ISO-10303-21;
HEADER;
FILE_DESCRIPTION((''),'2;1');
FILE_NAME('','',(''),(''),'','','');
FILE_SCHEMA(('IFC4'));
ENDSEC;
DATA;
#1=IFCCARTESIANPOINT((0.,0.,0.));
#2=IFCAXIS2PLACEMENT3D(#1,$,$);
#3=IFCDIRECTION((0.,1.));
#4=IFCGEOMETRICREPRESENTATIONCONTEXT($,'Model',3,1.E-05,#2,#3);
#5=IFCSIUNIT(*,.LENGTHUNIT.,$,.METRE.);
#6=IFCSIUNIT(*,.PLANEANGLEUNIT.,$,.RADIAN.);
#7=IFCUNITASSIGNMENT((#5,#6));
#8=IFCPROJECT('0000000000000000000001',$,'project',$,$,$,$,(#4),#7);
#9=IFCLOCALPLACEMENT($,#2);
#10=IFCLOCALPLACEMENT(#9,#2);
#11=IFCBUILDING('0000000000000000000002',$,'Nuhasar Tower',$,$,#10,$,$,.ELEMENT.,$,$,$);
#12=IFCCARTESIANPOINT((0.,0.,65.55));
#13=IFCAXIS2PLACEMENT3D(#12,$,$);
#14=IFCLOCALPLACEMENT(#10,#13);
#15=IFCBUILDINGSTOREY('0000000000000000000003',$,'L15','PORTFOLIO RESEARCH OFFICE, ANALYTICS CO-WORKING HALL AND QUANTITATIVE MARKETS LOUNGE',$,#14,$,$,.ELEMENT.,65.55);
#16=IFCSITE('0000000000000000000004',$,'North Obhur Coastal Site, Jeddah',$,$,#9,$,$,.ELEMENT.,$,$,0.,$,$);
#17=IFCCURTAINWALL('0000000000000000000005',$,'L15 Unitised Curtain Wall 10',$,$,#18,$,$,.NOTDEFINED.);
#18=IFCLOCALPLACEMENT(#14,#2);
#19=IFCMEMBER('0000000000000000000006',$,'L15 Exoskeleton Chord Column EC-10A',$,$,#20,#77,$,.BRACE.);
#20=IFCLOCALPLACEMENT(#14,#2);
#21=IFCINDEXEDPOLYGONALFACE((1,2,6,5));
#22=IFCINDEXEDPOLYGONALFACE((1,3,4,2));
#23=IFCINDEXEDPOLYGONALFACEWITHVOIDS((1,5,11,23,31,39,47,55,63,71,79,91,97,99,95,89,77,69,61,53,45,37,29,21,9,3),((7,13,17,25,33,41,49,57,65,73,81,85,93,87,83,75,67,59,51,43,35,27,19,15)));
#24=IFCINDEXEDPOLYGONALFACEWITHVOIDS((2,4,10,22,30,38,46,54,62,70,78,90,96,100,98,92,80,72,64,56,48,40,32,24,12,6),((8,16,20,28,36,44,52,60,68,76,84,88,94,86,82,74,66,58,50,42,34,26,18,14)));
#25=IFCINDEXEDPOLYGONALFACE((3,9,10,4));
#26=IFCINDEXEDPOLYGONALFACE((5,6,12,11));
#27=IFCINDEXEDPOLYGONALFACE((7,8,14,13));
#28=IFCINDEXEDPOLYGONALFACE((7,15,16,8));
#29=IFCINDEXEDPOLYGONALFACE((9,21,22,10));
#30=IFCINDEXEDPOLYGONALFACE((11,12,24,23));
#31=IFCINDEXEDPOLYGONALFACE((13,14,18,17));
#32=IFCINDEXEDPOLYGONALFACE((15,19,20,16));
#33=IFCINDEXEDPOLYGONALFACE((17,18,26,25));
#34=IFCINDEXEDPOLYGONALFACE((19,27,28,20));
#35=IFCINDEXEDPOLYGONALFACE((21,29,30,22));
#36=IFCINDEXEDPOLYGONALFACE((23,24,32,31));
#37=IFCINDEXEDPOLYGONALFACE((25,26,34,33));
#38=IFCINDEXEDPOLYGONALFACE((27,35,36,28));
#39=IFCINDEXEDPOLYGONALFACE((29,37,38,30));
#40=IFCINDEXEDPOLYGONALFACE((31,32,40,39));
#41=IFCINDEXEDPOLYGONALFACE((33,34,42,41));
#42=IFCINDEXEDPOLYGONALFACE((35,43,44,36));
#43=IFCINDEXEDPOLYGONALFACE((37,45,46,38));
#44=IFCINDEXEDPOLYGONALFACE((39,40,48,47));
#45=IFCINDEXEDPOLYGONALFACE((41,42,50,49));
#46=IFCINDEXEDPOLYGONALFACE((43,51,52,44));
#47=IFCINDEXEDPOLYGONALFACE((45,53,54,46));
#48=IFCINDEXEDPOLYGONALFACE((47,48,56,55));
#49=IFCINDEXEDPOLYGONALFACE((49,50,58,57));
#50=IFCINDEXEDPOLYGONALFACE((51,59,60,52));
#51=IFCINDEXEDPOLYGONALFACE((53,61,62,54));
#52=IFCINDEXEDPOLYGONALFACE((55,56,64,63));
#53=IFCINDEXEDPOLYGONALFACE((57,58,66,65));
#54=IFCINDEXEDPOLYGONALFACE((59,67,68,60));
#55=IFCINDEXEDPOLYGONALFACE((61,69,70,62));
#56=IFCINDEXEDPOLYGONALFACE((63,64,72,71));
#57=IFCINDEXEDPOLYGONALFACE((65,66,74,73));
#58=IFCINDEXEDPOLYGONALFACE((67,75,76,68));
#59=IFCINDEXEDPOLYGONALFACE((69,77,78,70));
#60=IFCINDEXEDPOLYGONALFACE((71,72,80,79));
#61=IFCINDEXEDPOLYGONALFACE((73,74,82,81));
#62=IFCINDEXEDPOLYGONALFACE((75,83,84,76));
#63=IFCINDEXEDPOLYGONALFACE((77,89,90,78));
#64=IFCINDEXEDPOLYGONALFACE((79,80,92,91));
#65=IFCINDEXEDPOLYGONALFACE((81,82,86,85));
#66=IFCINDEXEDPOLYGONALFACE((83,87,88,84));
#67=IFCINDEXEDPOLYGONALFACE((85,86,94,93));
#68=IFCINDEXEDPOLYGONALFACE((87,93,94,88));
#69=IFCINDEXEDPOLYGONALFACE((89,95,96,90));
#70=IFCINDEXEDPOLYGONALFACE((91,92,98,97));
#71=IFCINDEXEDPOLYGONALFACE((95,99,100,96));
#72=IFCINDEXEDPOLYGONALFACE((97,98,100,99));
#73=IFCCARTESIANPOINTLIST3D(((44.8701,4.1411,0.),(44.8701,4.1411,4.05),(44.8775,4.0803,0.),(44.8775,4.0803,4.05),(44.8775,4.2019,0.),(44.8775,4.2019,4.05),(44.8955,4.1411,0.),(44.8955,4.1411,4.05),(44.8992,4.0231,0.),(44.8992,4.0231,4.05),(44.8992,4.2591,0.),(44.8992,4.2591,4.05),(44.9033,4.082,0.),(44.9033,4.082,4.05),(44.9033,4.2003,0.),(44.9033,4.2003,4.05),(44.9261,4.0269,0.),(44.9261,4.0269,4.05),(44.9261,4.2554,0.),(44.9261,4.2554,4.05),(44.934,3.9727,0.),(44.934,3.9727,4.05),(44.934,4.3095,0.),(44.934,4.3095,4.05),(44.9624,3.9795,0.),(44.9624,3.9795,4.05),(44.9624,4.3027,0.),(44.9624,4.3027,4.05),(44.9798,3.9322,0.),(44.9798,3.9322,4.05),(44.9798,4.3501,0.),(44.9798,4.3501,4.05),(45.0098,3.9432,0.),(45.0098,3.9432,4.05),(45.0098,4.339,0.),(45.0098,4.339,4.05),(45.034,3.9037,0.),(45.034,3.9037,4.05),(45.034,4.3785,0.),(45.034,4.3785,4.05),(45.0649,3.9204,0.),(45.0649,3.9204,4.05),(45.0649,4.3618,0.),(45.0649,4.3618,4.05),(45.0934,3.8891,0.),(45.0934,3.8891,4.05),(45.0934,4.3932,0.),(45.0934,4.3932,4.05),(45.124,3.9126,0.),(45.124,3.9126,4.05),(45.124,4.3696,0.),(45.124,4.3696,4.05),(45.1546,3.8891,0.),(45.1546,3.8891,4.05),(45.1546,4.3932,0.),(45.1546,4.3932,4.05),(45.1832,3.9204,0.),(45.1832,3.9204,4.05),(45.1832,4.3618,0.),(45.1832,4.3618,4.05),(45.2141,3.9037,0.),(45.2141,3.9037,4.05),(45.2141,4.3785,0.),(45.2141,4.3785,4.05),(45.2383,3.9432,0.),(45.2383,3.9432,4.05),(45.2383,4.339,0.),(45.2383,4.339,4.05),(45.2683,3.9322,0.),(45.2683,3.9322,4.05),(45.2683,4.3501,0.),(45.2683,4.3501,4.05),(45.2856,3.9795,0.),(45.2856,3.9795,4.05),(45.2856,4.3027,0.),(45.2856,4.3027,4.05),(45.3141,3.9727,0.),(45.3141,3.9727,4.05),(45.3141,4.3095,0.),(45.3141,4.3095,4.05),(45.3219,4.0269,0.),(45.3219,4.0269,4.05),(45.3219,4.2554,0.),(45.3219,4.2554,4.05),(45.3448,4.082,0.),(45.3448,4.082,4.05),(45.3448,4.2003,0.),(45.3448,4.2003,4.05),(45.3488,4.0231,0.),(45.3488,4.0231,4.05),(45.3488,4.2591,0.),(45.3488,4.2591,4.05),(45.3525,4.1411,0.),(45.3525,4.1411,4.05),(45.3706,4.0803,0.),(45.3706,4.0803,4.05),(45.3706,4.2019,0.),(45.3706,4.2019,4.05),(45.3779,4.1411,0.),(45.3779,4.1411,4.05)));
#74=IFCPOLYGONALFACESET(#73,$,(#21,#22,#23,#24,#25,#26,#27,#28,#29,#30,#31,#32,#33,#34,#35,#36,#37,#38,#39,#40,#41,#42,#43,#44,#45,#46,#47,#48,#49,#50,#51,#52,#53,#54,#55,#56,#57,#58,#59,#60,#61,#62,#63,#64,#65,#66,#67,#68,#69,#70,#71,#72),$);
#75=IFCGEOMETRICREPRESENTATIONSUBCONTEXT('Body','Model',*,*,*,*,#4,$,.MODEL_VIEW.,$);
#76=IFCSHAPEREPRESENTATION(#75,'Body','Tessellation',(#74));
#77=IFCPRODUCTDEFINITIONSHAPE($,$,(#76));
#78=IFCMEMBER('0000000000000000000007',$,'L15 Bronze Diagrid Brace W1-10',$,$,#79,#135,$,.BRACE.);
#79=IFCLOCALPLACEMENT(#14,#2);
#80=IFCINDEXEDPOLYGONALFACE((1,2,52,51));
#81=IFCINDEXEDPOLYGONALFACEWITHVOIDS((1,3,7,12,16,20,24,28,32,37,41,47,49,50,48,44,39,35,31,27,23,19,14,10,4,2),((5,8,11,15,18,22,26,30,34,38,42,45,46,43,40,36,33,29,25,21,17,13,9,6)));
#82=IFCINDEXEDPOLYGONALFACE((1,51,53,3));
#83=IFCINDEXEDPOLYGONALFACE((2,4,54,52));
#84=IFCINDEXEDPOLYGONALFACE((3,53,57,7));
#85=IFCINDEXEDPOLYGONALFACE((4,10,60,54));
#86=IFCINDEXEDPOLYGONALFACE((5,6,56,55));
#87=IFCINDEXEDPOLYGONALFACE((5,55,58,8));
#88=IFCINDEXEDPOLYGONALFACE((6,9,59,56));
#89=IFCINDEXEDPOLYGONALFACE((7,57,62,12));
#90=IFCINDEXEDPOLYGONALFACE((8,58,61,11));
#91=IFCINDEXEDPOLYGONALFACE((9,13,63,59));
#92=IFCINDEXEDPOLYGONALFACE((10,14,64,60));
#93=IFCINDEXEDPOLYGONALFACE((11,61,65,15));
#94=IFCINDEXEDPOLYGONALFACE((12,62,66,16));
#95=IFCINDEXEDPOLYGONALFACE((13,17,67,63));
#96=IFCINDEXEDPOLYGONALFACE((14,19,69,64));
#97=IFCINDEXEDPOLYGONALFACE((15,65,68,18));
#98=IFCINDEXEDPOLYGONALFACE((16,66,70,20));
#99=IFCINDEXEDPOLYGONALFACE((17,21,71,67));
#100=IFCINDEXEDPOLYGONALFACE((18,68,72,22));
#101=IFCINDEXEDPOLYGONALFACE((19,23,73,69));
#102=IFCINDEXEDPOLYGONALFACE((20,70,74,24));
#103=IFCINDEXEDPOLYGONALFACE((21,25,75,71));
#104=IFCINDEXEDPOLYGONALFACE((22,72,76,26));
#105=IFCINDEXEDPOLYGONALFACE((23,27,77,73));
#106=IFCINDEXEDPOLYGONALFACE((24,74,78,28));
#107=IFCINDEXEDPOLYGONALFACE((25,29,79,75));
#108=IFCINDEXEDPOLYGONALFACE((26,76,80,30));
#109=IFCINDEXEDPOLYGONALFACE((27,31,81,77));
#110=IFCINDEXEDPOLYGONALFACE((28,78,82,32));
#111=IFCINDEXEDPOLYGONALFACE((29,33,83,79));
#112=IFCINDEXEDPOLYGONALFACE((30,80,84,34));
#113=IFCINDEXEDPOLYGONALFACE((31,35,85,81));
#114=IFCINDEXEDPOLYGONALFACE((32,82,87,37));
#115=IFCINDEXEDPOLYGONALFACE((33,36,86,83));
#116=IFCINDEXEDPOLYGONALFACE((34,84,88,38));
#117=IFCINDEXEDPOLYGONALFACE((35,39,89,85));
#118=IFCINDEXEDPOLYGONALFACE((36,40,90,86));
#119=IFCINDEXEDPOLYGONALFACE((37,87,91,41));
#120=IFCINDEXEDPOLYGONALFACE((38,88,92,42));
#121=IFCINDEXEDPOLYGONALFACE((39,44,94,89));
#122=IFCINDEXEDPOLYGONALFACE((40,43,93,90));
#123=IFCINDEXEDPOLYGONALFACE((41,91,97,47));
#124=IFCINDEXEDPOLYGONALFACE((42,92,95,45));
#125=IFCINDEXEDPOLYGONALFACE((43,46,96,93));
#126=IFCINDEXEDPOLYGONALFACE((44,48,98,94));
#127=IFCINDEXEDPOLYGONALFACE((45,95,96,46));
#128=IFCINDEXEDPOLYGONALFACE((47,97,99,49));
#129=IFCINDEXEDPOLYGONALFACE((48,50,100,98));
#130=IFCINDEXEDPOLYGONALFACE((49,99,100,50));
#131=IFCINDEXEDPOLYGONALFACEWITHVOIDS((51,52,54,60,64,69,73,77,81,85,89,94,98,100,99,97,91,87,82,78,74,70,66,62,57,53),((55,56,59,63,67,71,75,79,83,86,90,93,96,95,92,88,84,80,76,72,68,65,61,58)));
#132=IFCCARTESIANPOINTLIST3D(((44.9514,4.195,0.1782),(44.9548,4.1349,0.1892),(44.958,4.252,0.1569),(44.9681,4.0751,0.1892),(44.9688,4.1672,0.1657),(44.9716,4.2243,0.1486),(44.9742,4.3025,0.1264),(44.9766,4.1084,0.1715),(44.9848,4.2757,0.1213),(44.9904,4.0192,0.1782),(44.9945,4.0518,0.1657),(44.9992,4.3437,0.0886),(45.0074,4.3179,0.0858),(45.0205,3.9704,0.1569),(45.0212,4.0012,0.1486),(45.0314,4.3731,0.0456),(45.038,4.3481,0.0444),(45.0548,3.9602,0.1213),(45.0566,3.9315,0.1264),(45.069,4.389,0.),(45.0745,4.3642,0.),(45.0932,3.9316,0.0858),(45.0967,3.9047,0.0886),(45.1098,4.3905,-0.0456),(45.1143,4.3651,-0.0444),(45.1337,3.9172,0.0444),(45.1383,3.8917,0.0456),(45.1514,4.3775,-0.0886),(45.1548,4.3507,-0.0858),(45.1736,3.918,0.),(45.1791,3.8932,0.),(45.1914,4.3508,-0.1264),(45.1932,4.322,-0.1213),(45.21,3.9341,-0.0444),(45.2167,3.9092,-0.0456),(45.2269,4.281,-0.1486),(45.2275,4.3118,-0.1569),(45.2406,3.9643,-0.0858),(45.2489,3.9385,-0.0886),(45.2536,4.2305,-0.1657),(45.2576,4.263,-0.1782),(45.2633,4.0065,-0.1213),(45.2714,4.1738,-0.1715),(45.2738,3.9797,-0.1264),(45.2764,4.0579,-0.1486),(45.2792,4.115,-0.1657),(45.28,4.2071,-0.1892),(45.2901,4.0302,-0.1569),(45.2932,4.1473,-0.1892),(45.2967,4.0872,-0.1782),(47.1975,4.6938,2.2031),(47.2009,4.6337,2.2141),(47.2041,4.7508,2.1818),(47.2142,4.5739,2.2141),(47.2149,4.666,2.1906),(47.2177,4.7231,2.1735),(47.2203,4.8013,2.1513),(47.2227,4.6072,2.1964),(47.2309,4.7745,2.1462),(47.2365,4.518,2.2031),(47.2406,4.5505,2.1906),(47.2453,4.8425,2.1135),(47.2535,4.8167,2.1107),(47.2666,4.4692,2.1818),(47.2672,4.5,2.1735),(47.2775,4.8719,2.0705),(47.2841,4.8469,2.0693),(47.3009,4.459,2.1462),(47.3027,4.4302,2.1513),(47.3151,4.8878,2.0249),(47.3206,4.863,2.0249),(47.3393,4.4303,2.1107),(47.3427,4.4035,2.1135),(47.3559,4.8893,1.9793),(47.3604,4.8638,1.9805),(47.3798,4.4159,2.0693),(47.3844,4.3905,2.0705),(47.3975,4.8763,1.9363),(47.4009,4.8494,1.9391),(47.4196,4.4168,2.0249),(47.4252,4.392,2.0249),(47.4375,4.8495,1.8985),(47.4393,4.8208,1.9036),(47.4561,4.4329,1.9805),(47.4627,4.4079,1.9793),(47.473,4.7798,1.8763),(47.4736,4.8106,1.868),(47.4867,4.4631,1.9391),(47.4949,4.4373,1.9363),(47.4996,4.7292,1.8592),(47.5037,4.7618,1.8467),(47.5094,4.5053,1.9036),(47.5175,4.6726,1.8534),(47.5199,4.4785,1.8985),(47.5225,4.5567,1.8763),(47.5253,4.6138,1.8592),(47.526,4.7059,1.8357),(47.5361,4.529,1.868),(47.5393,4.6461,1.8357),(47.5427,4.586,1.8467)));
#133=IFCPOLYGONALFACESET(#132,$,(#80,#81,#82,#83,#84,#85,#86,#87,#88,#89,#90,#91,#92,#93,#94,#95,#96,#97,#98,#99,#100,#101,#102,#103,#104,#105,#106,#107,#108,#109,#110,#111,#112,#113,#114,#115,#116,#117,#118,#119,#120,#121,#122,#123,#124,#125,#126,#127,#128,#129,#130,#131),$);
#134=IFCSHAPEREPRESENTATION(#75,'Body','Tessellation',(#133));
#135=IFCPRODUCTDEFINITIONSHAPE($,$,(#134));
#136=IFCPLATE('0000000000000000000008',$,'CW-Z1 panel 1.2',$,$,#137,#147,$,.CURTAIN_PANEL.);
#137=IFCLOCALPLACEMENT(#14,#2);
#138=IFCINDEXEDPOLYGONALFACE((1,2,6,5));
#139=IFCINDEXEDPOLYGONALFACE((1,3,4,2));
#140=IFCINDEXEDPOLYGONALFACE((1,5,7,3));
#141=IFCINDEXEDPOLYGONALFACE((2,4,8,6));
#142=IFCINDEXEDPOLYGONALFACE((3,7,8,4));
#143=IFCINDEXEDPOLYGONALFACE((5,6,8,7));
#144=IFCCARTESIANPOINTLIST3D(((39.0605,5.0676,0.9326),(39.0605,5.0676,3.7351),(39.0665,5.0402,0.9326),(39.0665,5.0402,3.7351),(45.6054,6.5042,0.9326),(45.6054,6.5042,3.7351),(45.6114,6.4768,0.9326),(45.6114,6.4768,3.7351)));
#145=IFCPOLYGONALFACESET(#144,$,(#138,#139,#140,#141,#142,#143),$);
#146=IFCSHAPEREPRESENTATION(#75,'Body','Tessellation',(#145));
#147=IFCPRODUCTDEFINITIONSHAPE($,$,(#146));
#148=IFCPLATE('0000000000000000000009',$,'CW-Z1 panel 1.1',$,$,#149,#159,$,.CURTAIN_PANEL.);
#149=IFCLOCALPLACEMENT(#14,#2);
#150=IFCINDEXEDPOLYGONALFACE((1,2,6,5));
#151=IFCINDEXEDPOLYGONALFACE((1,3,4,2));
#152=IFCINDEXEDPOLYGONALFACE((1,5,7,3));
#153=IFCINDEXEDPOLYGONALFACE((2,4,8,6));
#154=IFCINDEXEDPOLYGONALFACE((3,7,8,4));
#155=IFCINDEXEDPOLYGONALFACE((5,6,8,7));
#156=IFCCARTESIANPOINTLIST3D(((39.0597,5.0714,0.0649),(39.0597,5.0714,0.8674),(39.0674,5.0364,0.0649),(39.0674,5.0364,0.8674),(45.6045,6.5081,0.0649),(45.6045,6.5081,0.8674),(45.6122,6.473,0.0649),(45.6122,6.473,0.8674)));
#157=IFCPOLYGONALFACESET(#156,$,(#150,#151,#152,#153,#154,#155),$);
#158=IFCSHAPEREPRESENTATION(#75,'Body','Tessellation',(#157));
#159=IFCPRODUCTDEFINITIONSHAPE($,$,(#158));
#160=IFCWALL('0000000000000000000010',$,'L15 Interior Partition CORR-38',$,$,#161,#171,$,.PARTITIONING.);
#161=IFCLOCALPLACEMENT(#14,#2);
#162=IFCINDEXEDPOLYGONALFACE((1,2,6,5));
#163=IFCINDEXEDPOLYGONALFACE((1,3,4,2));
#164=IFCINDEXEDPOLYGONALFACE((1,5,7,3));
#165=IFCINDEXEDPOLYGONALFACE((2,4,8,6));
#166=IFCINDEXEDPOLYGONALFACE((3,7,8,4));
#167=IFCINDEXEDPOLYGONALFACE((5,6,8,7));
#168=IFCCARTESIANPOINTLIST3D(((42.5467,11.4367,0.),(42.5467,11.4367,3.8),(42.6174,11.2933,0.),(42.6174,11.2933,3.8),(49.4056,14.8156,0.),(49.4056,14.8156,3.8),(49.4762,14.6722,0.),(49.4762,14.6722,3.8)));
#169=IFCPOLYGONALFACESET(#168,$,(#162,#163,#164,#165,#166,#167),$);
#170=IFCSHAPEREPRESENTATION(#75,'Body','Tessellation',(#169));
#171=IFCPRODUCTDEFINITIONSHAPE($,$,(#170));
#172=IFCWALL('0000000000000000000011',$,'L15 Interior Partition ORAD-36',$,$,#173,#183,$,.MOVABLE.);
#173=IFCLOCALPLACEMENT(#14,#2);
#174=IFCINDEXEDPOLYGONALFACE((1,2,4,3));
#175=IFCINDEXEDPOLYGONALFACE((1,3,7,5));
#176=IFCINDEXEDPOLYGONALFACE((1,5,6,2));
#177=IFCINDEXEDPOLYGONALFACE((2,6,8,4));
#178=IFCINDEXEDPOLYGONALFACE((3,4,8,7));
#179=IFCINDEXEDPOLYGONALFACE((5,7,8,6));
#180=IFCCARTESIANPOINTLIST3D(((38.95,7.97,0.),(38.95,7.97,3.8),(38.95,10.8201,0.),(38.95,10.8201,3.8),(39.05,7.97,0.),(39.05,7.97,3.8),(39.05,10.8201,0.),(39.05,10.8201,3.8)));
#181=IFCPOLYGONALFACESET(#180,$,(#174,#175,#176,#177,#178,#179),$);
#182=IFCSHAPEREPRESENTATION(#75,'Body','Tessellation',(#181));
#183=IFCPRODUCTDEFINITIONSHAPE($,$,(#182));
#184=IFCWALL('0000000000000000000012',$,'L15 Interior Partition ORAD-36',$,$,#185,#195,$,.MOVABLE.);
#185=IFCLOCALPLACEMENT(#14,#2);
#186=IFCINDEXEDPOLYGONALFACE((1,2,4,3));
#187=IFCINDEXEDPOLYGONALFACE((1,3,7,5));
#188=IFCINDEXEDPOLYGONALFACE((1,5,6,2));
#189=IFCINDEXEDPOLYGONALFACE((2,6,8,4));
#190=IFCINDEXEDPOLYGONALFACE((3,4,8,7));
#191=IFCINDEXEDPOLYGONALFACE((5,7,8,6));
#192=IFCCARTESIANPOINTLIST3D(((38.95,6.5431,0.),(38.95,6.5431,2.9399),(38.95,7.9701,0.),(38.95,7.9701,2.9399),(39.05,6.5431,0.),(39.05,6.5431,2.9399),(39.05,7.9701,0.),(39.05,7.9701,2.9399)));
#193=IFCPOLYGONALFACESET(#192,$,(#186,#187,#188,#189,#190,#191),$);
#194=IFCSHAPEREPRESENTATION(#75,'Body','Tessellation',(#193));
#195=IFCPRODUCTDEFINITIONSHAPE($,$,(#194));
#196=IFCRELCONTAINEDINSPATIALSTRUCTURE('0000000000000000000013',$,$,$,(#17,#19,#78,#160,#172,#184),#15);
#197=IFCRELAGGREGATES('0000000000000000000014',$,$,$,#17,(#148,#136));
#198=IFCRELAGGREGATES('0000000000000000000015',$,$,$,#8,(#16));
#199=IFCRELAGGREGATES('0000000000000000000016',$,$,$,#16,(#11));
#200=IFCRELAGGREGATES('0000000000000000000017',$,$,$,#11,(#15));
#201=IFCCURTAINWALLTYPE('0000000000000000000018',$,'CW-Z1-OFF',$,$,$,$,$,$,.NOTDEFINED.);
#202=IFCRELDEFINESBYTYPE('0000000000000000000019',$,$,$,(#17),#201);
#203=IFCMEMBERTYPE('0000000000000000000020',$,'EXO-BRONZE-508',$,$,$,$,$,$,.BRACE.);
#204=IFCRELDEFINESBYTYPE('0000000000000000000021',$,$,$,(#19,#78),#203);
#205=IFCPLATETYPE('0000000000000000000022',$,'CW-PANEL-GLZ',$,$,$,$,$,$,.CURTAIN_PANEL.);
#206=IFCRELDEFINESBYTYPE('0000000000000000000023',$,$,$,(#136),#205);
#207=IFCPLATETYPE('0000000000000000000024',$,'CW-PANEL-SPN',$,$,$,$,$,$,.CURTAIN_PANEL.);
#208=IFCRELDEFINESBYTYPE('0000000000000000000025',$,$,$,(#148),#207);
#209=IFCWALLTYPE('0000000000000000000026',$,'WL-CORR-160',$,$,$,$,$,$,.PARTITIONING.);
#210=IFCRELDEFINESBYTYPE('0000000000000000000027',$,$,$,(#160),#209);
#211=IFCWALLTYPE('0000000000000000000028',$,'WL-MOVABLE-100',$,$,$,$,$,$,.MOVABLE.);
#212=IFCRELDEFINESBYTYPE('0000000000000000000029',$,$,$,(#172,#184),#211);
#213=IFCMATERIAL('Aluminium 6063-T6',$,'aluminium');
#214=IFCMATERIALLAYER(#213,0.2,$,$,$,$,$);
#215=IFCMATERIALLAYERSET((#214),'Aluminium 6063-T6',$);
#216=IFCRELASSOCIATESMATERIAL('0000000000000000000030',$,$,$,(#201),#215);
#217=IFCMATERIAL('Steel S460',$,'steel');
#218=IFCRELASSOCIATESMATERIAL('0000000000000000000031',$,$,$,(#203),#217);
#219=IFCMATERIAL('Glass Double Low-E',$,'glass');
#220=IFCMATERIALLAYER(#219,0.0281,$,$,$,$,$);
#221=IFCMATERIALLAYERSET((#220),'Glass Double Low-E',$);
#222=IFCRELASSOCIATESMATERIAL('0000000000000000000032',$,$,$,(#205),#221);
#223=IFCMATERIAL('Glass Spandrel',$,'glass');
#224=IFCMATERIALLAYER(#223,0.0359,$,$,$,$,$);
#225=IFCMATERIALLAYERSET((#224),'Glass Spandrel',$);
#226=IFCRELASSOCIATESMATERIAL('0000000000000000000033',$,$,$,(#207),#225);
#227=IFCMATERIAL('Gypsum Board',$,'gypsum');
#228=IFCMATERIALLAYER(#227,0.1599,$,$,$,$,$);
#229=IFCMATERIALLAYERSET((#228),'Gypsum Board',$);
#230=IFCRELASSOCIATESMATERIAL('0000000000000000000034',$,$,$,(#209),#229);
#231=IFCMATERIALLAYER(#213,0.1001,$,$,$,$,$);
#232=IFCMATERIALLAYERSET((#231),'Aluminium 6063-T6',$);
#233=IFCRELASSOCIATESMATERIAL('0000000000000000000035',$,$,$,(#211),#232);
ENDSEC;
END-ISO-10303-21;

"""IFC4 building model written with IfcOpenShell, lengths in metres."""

from ifc_helpers import new_model, si_unit, direction, frame, frame_2d, origin, origin_2d, place, context, subcontext, project, spatial, rectangle, hollow_circle, extrude, material, layer, layer_set, material_profile, profile_set, type_object, element, aggregate, save


model = new_model("IFC4")

# Units and contexts
model_context = context("Model", 3, precision=1e-05, world=origin(), true_north=direction((0.0, 1.0)))
body_context = subcontext(model_context, "Body", "Model", "MODEL_VIEW")
ifc_project = project(units=[si_unit("LENGTHUNIT", "METRE"), si_unit("PLANEANGLEUNIT", "RADIAN")], contexts=[model_context])

# Site, building, storey
site_placement = place(None, origin())
site = spatial("IfcSite", under=ifc_project, at=site_placement, Name="North Obhur Coastal Site, Jeddah", CompositionType="ELEMENT", RefElevation=0.0)
building_placement = place(site_placement, origin())
building = spatial("IfcBuilding", under=site, at=building_placement, Name="Nuhasar Tower", CompositionType="ELEMENT")
storey_placement = place(building_placement, frame((0.0, 0.0, 65.55)))
storey = spatial("IfcBuildingStorey", under=building, at=storey_placement, Name="L15", Description="PORTFOLIO RESEARCH OFFICE, ANALYTICS CO-WORKING HALL AND QUANTITATIVE MARKETS LOUNGE", CompositionType="ELEMENT", Elevation=65.55)

# Curtain wall
ifc_material_1 = material(Name="Aluminium 6063-T6", Category="aluminium")
ifc_layer_1 = layer(ifc_material_1, 0.2)
ifc_layer_set_1 = layer_set([ifc_layer_1], Name="Aluminium 6063-T6")
curtain_wall_type = type_object("IfcCurtainWallType", Name="CW-Z1-OFF", PredefinedType="NOTDEFINED", material=ifc_layer_set_1)
curtain_wall_placement = place(storey_placement, origin())
curtain_wall = element("IfcCurtainWall", 1, at=curtain_wall_placement, inside=storey, type_object=curtain_wall_type, Name="L15 Unitised Curtain Wall 10", PredefinedType="NOTDEFINED")

# Members
ifc_material_2 = material(Name="Steel S460", Category="steel")
ifc_material_profile_1 = material_profile(ifc_material_2, hollow_circle(Radius=0.2539, WallThickness=0.0254, at=origin_2d()), Name="HSS508X25.4")
ifc_profile_set_1 = profile_set([ifc_material_profile_1], Name="Steel S460")
member_type_1 = type_object("IfcMemberType", Name="EXO-BRONZE-508", PredefinedType="BRACE", material=ifc_profile_set_1)
member_1_placement = place(storey_placement, frame((45.124, 4.1411, 0.0), z_axis=(0.0, 0.0, 1.0), x_axis=(1.0, 0.0, 0.0)))
element("IfcMember", 2, at=member_1_placement, inside=storey, type_object=member_type_1, Name="L15 Exoskeleton Chord Column EC-10A", PredefinedType="BRACE", context=body_context, shape_type="SweptSolid", body=[
    extrude(hollow_circle(Radius=0.2539, WallThickness=0.0254, at=origin_2d()), origin(), (0.0, 0.0, 1.0), 4.05),
])
member_2_placement = place(storey_placement, frame((45.124, 4.1411, 0.0), z_axis=(0.732831, 0.162736, 0.660663), x_axis=(-0.216784, 0.97622, 0.0)))
element("IfcMember", 3, at=member_2_placement, inside=storey, type_object=member_type_1, Name="L15 Bronze Diagrid Brace W1-10", PredefinedType="BRACE", context=body_context, shape_type="SweptSolid", body=[
    extrude(hollow_circle(Radius=0.2539, WallThickness=0.0254, at=origin_2d()), origin(), (0.0, 0.0, 1.0), 3.0649),
])

# Plates
ifc_material_3 = material(Name="Glass Double Low-E", Category="glass")
ifc_layer_2 = layer(ifc_material_3, 0.0281)
ifc_layer_set_2 = layer_set([ifc_layer_2], Name="Glass Double Low-E")
plate_type_1 = type_object("IfcPlateType", Name="CW-PANEL-GLZ", PredefinedType="CURTAIN_PANEL", material=ifc_layer_set_2)
plate_1_placement = place(storey_placement, frame((42.3359, 5.7722, 0.9326), z_axis=(0.0, 0.0, 1.0), x_axis=(0.976746, 0.214399, 0.0)))
plate_1 = element("IfcPlate", 4, at=plate_1_placement, type_object=plate_type_1, Name="CW-Z1 panel 1.2", PredefinedType="CURTAIN_PANEL", context=body_context, shape_type="SweptSolid", body=[
    extrude(rectangle(XDim=6.7007, YDim=0.0281, at=origin_2d()), origin(), (0.0, 0.0, 1.0), 2.8025),
])
ifc_material_4 = material(Name="Glass Spandrel", Category="glass")
ifc_layer_3 = layer(ifc_material_4, 0.0359)
ifc_layer_set_3 = layer_set([ifc_layer_3], Name="Glass Spandrel")
plate_type_2 = type_object("IfcPlateType", Name="CW-PANEL-SPN", PredefinedType="CURTAIN_PANEL", material=ifc_layer_set_3)
plate_2_placement = place(storey_placement, frame((42.3359, 5.7722, 0.0649), z_axis=(0.0, 0.0, 1.0), x_axis=(0.976746, 0.214399, 0.0)))
plate_2 = element("IfcPlate", 5, at=plate_2_placement, type_object=plate_type_2, Name="CW-Z1 panel 1.1", PredefinedType="CURTAIN_PANEL", context=body_context, shape_type="SweptSolid", body=[
    extrude(rectangle(XDim=6.7007, YDim=0.0359, at=origin_2d()), origin(), (0.0, 0.0, 1.0), 0.8025),
])
aggregate(curtain_wall, [plate_2, plate_1])

# Shared definitions
ifc_material_5 = material(Name="Gypsum Board", Category="gypsum")
ifc_layer_4 = layer(ifc_material_5, 0.1599)
ifc_layer_set_4 = layer_set([ifc_layer_4], Name="Gypsum Board")
wall_type_1 = type_object("IfcWallType", Name="WL-CORR-160", PredefinedType="PARTITIONING", material=ifc_layer_set_4)

# Walls
wall_1_placement = place(storey_placement, frame((42.582, 11.365, 0.0), z_axis=(0.0, 0.0, 1.0), x_axis=(0.897055, 0.441918, 0.0)))
element("IfcWall", 6, at=wall_1_placement, inside=storey, type_object=wall_type_1, Name="L15 Interior Partition CORR-38", PredefinedType="PARTITIONING", context=body_context, shape_type="SweptSolid", body=[
    extrude(rectangle(XDim=7.646, YDim=0.1599, at=frame_2d((3.823, 0.0))), origin(), (0.0, 0.0, 1.0), 3.8),
])
ifc_layer_5 = layer(ifc_material_1, 0.1001)
ifc_layer_set_5 = layer_set([ifc_layer_5], Name="Aluminium 6063-T6")
wall_type_2 = type_object("IfcWallType", Name="WL-MOVABLE-100", PredefinedType="MOVABLE", material=ifc_layer_set_5)
wall_2_placement = place(storey_placement, frame((39.0, 10.8201, 0.0), z_axis=(0.0, 0.0, 1.0), x_axis=(0.0, -1.0, 0.0)))
element("IfcWall", 7, at=wall_2_placement, inside=storey, type_object=wall_type_2, Name="L15 Interior Partition ORAD-36", PredefinedType="MOVABLE", context=body_context, shape_type="SweptSolid", body=[
    extrude(rectangle(XDim=2.8501, YDim=0.1001, at=frame_2d((1.425, 0.0))), origin(), (0.0, 0.0, 1.0), 3.8),
])
wall_3_placement = place(storey_placement, frame((39.0, 7.97, 0.0), z_axis=(0.0, 0.0, 1.0), x_axis=(0.0, -1.0, 0.0)))
element("IfcWall", 8, at=wall_3_placement, inside=storey, type_object=wall_type_2, Name="L15 Interior Partition ORAD-36", PredefinedType="MOVABLE", context=body_context, shape_type="SweptSolid", body=[
    extrude(rectangle(XDim=1.427, YDim=0.1001, at=frame_2d((0.7134, 0.0))), origin(), (0.0, 0.0, 1.0), 2.9399),
])

save(model, "model.ifc")
